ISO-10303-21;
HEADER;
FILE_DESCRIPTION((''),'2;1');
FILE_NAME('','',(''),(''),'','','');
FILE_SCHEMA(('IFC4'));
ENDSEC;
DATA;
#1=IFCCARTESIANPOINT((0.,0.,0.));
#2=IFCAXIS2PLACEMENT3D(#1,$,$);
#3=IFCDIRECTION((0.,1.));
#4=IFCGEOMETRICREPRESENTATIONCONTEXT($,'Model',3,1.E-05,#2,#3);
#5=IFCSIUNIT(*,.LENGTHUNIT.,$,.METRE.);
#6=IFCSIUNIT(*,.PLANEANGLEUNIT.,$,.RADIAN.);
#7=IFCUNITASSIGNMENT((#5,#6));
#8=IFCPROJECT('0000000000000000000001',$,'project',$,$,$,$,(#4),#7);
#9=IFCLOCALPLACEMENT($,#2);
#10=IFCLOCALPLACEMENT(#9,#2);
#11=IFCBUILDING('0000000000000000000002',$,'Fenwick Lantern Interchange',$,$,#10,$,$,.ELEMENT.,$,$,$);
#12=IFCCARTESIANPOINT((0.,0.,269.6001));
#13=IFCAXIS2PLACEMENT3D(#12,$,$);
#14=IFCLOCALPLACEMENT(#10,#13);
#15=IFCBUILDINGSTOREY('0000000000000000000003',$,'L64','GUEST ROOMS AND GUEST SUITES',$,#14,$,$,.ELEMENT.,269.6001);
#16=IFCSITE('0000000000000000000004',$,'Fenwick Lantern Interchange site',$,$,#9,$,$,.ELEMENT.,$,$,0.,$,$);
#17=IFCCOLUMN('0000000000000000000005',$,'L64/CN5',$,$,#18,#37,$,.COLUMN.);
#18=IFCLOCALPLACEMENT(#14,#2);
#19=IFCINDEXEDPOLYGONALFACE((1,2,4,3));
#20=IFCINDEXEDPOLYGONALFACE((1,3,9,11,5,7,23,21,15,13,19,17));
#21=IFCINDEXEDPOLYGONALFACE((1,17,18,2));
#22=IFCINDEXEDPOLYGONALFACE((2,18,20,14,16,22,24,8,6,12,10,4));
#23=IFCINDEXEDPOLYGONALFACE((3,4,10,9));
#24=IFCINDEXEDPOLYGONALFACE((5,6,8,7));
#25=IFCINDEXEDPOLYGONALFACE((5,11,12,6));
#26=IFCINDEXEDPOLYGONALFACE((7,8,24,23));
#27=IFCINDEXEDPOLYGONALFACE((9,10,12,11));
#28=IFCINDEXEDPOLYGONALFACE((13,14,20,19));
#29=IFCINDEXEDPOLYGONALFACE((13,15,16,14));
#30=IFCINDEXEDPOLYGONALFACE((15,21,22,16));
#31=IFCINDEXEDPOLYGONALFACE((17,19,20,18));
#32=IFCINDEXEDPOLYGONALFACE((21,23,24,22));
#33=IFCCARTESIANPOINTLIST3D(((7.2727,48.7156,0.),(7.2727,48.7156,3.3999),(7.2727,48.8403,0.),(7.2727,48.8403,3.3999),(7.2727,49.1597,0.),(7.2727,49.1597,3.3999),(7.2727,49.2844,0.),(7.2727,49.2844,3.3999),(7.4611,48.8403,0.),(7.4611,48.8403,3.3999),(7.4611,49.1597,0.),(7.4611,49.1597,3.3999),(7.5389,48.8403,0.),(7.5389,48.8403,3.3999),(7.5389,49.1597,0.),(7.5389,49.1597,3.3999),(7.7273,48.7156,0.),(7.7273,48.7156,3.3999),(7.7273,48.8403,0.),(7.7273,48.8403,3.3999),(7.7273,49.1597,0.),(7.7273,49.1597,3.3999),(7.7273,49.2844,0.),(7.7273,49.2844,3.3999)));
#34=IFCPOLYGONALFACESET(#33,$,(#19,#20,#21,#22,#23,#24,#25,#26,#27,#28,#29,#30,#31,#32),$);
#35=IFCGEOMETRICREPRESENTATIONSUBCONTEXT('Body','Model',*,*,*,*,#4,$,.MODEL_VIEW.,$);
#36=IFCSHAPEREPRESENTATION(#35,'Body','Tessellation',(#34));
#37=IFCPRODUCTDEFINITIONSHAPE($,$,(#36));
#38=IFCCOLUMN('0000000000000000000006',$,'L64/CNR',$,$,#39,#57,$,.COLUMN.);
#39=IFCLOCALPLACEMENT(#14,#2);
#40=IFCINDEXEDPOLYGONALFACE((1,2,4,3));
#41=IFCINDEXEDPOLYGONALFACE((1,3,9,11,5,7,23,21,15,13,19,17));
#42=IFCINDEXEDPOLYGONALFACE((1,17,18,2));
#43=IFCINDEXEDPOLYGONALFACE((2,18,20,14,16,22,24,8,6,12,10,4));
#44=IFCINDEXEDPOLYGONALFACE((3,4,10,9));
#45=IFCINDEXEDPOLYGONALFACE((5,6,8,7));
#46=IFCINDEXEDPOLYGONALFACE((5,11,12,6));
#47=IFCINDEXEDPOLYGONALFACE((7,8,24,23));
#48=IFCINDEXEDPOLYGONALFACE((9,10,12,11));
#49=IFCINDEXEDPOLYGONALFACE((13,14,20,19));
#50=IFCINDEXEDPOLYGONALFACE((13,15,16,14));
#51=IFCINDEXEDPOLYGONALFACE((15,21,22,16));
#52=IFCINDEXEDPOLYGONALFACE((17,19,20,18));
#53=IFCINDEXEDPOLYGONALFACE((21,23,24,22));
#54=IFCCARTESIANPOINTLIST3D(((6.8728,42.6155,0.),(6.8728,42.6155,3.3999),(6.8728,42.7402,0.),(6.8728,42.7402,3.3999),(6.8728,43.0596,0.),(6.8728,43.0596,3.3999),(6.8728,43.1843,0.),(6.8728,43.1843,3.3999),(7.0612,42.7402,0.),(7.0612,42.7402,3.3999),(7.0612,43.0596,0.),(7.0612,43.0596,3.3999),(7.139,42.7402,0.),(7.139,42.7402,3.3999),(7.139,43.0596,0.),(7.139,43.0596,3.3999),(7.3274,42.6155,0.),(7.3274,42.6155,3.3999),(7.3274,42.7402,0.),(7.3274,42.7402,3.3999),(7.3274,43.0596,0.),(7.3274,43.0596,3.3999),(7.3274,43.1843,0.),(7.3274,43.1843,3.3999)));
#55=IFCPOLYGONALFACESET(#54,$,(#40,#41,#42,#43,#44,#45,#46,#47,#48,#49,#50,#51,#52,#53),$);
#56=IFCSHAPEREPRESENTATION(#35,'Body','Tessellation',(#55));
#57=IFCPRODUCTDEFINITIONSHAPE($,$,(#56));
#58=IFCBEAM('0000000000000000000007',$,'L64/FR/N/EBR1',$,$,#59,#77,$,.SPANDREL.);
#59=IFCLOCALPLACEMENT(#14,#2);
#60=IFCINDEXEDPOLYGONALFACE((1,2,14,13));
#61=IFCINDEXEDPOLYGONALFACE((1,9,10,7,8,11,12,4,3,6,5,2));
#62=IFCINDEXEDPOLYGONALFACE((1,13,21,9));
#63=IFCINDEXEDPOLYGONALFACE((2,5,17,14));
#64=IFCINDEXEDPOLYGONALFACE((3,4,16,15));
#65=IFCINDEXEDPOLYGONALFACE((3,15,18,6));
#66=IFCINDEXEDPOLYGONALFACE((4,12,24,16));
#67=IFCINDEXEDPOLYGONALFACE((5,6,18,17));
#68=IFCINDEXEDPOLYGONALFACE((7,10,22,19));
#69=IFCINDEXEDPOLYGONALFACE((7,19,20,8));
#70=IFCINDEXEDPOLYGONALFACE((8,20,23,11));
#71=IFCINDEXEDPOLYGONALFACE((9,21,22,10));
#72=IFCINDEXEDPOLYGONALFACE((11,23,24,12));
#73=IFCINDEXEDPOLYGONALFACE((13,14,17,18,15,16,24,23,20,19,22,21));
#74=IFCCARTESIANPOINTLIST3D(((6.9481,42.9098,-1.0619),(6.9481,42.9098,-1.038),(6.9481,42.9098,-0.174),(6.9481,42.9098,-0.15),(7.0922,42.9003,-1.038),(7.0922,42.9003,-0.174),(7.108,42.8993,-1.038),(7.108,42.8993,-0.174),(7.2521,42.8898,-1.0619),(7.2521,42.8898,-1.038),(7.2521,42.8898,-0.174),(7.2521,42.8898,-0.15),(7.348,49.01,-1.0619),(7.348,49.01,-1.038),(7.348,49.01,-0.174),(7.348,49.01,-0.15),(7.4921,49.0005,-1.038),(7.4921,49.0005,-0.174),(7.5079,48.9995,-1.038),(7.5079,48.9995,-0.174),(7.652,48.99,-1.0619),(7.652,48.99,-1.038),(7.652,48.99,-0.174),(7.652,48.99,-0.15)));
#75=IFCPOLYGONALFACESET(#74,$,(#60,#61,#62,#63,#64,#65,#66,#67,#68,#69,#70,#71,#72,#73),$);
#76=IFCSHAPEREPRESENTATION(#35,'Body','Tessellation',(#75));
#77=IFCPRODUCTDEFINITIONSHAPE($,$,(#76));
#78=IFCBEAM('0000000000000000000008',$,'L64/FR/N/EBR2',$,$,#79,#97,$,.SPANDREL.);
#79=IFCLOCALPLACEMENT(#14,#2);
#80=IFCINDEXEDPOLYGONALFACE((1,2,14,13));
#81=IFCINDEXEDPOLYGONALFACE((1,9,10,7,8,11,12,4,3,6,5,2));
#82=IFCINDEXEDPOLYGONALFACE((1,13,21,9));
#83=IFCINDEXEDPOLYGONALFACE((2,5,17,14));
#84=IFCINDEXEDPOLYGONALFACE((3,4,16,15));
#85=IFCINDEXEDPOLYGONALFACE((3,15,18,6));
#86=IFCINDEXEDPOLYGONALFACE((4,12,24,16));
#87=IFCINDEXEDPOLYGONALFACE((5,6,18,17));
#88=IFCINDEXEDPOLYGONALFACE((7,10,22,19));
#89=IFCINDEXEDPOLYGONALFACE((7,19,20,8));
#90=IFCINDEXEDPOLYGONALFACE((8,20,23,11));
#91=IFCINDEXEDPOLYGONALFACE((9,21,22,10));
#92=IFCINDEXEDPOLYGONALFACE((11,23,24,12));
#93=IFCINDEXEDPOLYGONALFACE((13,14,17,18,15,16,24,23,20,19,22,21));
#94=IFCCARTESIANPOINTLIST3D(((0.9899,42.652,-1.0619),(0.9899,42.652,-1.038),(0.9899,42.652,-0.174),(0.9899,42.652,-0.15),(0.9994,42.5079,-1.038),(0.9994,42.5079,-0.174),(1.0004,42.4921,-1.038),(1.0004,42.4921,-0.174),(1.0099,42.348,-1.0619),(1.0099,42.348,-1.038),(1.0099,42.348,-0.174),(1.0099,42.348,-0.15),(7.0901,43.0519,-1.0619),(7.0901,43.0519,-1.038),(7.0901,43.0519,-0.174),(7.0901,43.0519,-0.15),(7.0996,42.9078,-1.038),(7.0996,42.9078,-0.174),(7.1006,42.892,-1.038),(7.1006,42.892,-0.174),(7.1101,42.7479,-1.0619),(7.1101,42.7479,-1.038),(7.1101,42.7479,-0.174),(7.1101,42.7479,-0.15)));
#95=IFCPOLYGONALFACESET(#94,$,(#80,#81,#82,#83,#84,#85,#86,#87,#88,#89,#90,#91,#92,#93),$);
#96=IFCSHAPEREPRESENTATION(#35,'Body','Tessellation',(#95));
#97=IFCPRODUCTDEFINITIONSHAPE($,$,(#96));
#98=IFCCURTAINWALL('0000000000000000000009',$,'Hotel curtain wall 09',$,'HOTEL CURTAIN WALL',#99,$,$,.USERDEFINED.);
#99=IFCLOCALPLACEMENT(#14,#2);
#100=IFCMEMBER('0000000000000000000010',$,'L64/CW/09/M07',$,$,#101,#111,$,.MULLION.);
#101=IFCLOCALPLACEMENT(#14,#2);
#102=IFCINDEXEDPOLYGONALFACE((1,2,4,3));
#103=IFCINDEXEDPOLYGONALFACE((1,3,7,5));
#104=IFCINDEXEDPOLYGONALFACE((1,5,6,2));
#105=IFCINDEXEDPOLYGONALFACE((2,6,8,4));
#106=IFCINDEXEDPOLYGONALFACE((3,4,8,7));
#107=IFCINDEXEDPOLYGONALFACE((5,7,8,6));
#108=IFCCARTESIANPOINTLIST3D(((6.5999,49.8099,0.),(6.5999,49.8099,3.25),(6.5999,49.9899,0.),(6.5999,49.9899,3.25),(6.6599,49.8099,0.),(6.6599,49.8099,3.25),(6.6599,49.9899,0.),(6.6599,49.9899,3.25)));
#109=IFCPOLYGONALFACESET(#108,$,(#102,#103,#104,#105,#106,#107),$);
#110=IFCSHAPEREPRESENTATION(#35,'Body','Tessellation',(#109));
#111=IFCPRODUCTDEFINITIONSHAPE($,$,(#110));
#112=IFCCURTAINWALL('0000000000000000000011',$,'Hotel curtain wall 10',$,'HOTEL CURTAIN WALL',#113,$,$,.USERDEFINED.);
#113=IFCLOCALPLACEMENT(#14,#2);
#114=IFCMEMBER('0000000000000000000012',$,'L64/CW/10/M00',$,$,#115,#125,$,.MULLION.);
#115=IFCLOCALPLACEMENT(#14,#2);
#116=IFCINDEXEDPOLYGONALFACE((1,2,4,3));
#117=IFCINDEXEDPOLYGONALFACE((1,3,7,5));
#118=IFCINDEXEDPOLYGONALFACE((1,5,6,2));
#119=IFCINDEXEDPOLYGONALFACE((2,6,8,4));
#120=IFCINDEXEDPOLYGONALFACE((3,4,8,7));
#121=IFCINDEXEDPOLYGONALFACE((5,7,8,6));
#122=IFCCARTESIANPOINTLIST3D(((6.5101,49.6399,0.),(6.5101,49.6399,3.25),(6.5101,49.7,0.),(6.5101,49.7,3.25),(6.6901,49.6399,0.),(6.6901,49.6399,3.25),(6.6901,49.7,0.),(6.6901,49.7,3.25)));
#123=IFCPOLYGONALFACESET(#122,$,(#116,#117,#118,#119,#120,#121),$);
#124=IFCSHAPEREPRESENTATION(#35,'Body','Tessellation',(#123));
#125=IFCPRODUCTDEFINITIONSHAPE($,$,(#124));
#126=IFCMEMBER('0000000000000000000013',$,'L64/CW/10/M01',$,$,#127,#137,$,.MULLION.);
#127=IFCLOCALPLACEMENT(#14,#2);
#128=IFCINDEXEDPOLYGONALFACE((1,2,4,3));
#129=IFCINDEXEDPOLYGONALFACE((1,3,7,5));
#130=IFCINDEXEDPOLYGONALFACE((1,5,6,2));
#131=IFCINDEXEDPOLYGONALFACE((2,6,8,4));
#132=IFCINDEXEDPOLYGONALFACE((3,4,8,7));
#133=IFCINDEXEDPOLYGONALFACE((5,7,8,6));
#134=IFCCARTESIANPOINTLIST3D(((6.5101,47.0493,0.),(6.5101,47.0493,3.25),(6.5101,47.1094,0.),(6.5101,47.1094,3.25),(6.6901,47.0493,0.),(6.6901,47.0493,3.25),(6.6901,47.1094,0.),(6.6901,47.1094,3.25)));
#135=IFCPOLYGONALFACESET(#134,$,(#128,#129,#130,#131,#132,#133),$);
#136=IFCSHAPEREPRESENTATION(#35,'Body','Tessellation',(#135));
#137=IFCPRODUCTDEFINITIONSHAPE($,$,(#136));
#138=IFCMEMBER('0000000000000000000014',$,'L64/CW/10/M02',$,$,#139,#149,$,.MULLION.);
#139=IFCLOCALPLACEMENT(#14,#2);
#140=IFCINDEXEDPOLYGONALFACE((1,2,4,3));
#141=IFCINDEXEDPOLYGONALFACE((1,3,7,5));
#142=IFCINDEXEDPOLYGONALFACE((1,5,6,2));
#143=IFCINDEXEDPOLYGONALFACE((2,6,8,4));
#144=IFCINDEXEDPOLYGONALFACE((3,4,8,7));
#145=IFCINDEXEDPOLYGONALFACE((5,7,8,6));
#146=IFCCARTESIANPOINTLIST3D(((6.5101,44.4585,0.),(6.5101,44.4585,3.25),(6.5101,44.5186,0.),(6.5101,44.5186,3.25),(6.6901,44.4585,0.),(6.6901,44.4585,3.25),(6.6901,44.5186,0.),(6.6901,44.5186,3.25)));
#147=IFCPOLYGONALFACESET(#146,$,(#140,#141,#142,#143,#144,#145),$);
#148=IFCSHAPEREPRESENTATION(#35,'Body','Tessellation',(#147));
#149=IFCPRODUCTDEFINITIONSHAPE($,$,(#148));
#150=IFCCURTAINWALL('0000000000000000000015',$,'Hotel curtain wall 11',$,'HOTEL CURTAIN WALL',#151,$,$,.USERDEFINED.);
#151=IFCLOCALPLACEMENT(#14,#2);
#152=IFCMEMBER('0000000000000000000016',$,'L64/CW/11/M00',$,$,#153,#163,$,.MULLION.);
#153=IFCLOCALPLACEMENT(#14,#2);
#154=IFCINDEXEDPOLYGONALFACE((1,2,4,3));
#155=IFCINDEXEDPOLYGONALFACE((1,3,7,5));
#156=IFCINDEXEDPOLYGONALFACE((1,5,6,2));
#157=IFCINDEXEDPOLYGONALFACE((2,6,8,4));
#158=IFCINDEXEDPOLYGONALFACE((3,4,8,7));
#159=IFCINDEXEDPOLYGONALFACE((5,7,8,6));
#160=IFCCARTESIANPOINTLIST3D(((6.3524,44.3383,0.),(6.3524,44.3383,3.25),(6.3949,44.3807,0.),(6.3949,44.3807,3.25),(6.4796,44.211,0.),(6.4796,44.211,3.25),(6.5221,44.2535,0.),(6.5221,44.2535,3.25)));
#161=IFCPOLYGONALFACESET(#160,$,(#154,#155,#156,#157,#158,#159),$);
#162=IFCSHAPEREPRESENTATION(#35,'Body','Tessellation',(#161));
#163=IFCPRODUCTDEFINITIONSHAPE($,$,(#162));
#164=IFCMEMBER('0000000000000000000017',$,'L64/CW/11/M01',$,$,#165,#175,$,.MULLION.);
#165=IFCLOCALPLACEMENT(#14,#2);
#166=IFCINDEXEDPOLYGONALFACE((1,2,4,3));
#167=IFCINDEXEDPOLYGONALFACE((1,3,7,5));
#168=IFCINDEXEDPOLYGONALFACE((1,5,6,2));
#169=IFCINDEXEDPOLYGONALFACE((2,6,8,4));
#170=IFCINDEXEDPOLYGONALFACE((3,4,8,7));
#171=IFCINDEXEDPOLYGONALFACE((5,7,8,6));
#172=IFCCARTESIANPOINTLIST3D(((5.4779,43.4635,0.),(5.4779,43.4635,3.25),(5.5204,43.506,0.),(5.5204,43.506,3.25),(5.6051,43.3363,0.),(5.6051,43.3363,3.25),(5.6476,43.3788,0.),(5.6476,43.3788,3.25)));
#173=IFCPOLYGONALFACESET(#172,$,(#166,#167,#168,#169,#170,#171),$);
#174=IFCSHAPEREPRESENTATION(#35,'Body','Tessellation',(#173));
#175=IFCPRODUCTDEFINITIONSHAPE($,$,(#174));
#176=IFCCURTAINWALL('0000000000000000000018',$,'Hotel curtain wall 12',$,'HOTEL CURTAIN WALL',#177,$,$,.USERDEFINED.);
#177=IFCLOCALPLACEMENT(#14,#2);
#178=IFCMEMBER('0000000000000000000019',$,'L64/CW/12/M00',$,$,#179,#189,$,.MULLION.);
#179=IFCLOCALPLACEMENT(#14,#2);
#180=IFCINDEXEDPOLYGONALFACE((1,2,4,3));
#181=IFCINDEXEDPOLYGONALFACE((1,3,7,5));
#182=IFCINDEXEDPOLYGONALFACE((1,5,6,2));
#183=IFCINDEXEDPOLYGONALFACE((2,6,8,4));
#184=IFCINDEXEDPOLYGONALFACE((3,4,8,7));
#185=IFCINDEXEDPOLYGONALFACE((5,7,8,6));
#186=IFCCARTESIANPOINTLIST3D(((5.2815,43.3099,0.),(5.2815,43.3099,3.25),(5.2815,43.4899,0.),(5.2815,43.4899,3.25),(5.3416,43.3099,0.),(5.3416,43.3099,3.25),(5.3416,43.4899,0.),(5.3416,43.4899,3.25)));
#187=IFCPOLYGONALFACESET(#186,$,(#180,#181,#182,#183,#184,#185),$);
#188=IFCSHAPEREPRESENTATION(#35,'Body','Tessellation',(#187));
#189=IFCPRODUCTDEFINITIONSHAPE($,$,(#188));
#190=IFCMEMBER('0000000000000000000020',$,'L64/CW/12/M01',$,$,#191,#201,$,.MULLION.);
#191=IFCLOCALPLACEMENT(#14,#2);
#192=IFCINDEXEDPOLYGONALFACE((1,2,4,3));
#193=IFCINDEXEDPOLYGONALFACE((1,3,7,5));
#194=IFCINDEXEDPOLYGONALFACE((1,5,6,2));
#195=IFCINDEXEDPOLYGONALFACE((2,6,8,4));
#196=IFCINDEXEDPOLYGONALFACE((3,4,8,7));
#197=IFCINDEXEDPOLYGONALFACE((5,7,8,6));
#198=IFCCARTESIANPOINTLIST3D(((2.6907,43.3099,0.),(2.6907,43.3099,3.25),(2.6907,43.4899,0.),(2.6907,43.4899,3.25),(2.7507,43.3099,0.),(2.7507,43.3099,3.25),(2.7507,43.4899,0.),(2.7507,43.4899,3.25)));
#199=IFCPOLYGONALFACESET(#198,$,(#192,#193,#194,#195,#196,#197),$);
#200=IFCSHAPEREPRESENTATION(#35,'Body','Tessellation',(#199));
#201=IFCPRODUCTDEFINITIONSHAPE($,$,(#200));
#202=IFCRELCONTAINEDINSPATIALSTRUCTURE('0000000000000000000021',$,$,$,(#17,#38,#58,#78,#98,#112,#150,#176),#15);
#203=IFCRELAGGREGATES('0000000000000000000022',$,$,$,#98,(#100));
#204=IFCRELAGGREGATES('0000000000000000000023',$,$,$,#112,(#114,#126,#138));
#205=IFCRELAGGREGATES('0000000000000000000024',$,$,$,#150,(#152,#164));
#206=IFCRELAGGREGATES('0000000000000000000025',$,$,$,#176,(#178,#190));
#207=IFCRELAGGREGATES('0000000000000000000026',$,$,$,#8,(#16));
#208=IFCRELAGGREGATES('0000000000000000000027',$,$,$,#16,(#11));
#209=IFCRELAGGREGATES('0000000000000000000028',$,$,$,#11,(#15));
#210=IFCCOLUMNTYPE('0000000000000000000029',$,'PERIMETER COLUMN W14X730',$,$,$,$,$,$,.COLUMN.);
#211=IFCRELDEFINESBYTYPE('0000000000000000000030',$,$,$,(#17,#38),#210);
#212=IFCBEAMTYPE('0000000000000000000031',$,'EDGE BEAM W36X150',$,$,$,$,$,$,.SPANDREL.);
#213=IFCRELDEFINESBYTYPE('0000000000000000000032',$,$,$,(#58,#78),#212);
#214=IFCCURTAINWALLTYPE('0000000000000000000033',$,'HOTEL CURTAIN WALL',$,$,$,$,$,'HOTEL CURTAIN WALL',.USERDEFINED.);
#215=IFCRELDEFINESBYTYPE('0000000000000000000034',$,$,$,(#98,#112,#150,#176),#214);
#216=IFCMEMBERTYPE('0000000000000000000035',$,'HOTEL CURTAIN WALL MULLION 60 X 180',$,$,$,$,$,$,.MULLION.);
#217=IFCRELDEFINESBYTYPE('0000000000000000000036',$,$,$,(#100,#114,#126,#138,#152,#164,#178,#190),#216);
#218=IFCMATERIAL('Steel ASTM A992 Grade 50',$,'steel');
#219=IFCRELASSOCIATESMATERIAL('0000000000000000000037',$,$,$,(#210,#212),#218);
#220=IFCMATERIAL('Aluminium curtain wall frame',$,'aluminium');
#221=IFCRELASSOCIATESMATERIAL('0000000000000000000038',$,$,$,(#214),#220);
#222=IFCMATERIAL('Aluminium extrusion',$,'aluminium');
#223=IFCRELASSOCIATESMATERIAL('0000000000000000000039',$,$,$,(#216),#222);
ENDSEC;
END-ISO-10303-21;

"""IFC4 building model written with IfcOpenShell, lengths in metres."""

from ifc_helpers import new_model, si_unit, direction, frame, origin, origin_2d, place, context, subcontext, project, spatial, rectangle, i_section, extrude, material, material_profile, profile_set, type_object, element, aggregate, save


model = new_model("IFC4")

# Units and contexts
model_context = context("Model", 3, precision=1e-05, world=origin(), true_north=direction((0.0, 1.0)))
body_context = subcontext(model_context, "Body", "Model", "MODEL_VIEW")
ifc_project = project(units=[si_unit("LENGTHUNIT", "METRE"), si_unit("PLANEANGLEUNIT", "RADIAN")], contexts=[model_context])

# Site, building, storey
site_placement = place(None, origin())
site = spatial("IfcSite", under=ifc_project, at=site_placement, Name="Fenwick Lantern Interchange site", CompositionType="ELEMENT", RefElevation=0.0)
building_placement = place(site_placement, origin())
building = spatial("IfcBuilding", under=site, at=building_placement, Name="Fenwick Lantern Interchange", CompositionType="ELEMENT")
storey_placement = place(building_placement, frame((0.0, 0.0, 269.6001)))
storey = spatial("IfcBuildingStorey", under=building, at=storey_placement, Name="L64", Description="GUEST ROOMS AND GUEST SUITES", CompositionType="ELEMENT", Elevation=269.6001)

# Columns
ifc_material_1 = material(Name="Steel ASTM A992 Grade 50", Category="steel")
ifc_material_profile_1 = material_profile(ifc_material_1, i_section(OverallWidth=0.4546, OverallDepth=0.5688, WebThickness=0.0779, FlangeThickness=0.1248, at=origin_2d()), Name="W14X730")
ifc_profile_set_1 = profile_set([ifc_material_profile_1], Name="Steel ASTM A992 Grade 50")
column_type = type_object("IfcColumnType", Name="PERIMETER COLUMN W14X730", PredefinedType="COLUMN", material=ifc_profile_set_1)
for number, where, z_axis, x_axis, name in (
    (1, (7.5, 49.0, 0.0), (0.0, 0.0, 1.0), (1.0, 0.0, 0.0), "L64/CN5"),
    (2, (7.1001, 42.8999, 0.0), (0.0, 0.0, 1.0), (1.0, 0.0, 0.0), "L64/CNR"),
):
    element("IfcColumn", number, at=place(storey_placement, frame(where, z_axis=z_axis, x_axis=x_axis)), inside=storey, type_object=column_type, Name=name, PredefinedType="COLUMN", context=body_context, shape_type="SweptSolid", body=[
        extrude(i_section(OverallWidth=0.4546, OverallDepth=0.5688, WebThickness=0.0779, FlangeThickness=0.1248, at=origin_2d()), origin(), (0.0, 0.0, 1.0), 3.3999),
    ])

# Beams
ifc_material_profile_2 = material_profile(ifc_material_1, i_section(OverallWidth=0.3047, OverallDepth=0.9119, WebThickness=0.0159, FlangeThickness=0.0239, at=origin_2d()), Name="W36X150")
ifc_profile_set_2 = profile_set([ifc_material_profile_2], Name="Steel ASTM A992 Grade 50")
beam_type_1 = type_object("IfcBeamType", Name="EDGE BEAM W36X150", PredefinedType="SPANDREL", material=ifc_profile_set_2)
for number, where, z_axis, x_axis, name in (
    (3, (7.5, 49.0, -0.606), (-0.065416, -0.997858, 0.0), (0.997858, -0.065416, 0.0), "L64/FR/N/EBR1"),
    (4, (7.1001, 42.8999, -0.606), (-0.997858, -0.065416, 0.0), (0.065416, -0.997858, 0.0), "L64/FR/N/EBR2"),
):
    element("IfcBeam", number, at=place(storey_placement, frame(where, z_axis=z_axis, x_axis=x_axis)), inside=storey, type_object=beam_type_1, Name=name, PredefinedType="SPANDREL", context=body_context, shape_type="SweptSolid", body=[
        extrude(i_section(OverallWidth=0.3047, OverallDepth=0.9119, WebThickness=0.0159, FlangeThickness=0.0239, at=origin_2d()), origin(), (0.0, 0.0, 1.0), 6.1133),
    ])

# Curtain wall, member
ifc_material_2 = material(Name="Aluminium curtain wall frame", Category="aluminium")
curtain_wall_type = type_object("IfcCurtainWallType", Name="HOTEL CURTAIN WALL", ElementType="HOTEL CURTAIN WALL", PredefinedType="USERDEFINED", material=ifc_material_2)
curtain_wall_1_placement = place(storey_placement, origin())
curtain_wall_1 = element("IfcCurtainWall", 5, at=curtain_wall_1_placement, inside=storey, type_object=curtain_wall_type, Name="Hotel curtain wall 09", ObjectType="HOTEL CURTAIN WALL", PredefinedType="USERDEFINED")
ifc_material_3 = material(Name="Aluminium extrusion", Category="aluminium")
ifc_material_profile_3 = material_profile(ifc_material_3, rectangle(XDim=0.1799, YDim=0.0601, at=origin_2d()), Name="HOTEL CURTAIN WALL MULLION 60 X 180")
ifc_profile_set_3 = profile_set([ifc_material_profile_3], Name="Aluminium extrusion")
member_type_1 = type_object("IfcMemberType", Name="HOTEL CURTAIN WALL MULLION 60 X 180", PredefinedType="MULLION", material=ifc_profile_set_3)
member_1_placement = place(storey_placement, frame((6.6299, 49.8999, 0.0), z_axis=(0.0, 0.0, 1.0), x_axis=(0.0, -1.0, 0.0)))
member_1 = element("IfcMember", 6, at=member_1_placement, type_object=member_type_1, Name="L64/CW/09/M07", PredefinedType="MULLION", context=body_context, shape_type="SweptSolid", body=[
    extrude(rectangle(XDim=0.1799, YDim=0.0601, at=origin_2d()), origin(), (0.0, 0.0, 1.0), 3.25),
])
aggregate(curtain_wall_1, [member_1])

# Curtain walls, members
curtain_wall_2_placement = place(storey_placement, origin())
curtain_wall_2 = element("IfcCurtainWall", 7, at=curtain_wall_2_placement, inside=storey, type_object=curtain_wall_type, Name="Hotel curtain wall 10", ObjectType="HOTEL CURTAIN WALL", PredefinedType="USERDEFINED")
member_2_placement = place(storey_placement, frame((6.6001, 49.6699, 0.0), z_axis=(0.0, 0.0, 1.0), x_axis=(1.0, 0.0, 0.0)))
member_2 = element("IfcMember", 8, at=member_2_placement, type_object=member_type_1, Name="L64/CW/10/M00", PredefinedType="MULLION", context=body_context, shape_type="SweptSolid", body=[
    extrude(rectangle(XDim=0.1799, YDim=0.0601, at=origin_2d()), origin(), (0.0, 0.0, 1.0), 3.25),
])
member_3_placement = place(storey_placement, frame((6.6001, 47.0793, 0.0), z_axis=(0.0, 0.0, 1.0), x_axis=(1.0, 0.0, 0.0)))
member_3 = element("IfcMember", 9, at=member_3_placement, type_object=member_type_1, Name="L64/CW/10/M01", PredefinedType="MULLION", context=body_context, shape_type="SweptSolid", body=[
    extrude(rectangle(XDim=0.1799, YDim=0.0601, at=origin_2d()), origin(), (0.0, 0.0, 1.0), 3.25),
])
member_4_placement = place(storey_placement, frame((6.6001, 44.4885, 0.0), z_axis=(0.0, 0.0, 1.0), x_axis=(1.0, 0.0, 0.0)))
member_4 = element("IfcMember", 10, at=member_4_placement, type_object=member_type_1, Name="L64/CW/10/M02", PredefinedType="MULLION", context=body_context, shape_type="SweptSolid", body=[
    extrude(rectangle(XDim=0.1799, YDim=0.0601, at=origin_2d()), origin(), (0.0, 0.0, 1.0), 3.25),
])
curtain_wall_3_placement = place(storey_placement, origin())
curtain_wall_3 = element("IfcCurtainWall", 11, at=curtain_wall_3_placement, inside=storey, type_object=curtain_wall_type, Name="Hotel curtain wall 11", ObjectType="HOTEL CURTAIN WALL", PredefinedType="USERDEFINED")
member_5_placement = place(storey_placement, frame((6.4373, 44.2959, 0.0), z_axis=(0.0, 0.0, 1.0), x_axis=(0.707107, -0.707107, 0.0)))
member_5 = element("IfcMember", 12, at=member_5_placement, type_object=member_type_1, Name="L64/CW/11/M00", PredefinedType="MULLION", context=body_context, shape_type="SweptSolid", body=[
    extrude(rectangle(XDim=0.1799, YDim=0.0601, at=origin_2d()), origin(), (0.0, 0.0, 1.0), 3.25),
])
member_6_placement = place(storey_placement, frame((5.5627, 43.4211, 0.0), z_axis=(0.0, 0.0, 1.0), x_axis=(0.707107, -0.707107, 0.0)))
member_6 = element("IfcMember", 13, at=member_6_placement, type_object=member_type_1, Name="L64/CW/11/M01", PredefinedType="MULLION", context=body_context, shape_type="SweptSolid", body=[
    extrude(rectangle(XDim=0.1799, YDim=0.0601, at=origin_2d()), origin(), (0.0, 0.0, 1.0), 3.25),
])
curtain_wall_4_placement = place(storey_placement, origin())
curtain_wall_4 = element("IfcCurtainWall", 14, at=curtain_wall_4_placement, inside=storey, type_object=curtain_wall_type, Name="Hotel curtain wall 12", ObjectType="HOTEL CURTAIN WALL", PredefinedType="USERDEFINED")
member_7_placement = place(storey_placement, frame((5.3115, 43.3999, 0.0), z_axis=(0.0, 0.0, 1.0), x_axis=(0.0, -1.0, 0.0)))
member_7 = element("IfcMember", 15, at=member_7_placement, type_object=member_type_1, Name="L64/CW/12/M00", PredefinedType="MULLION", context=body_context, shape_type="SweptSolid", body=[
    extrude(rectangle(XDim=0.1799, YDim=0.0601, at=origin_2d()), origin(), (0.0, 0.0, 1.0), 3.25),
])
member_8_placement = place(storey_placement, frame((2.7207, 43.3999, 0.0), z_axis=(0.0, 0.0, 1.0), x_axis=(0.0, -1.0, 0.0)))
member_8 = element("IfcMember", 16, at=member_8_placement, type_object=member_type_1, Name="L64/CW/12/M01", PredefinedType="MULLION", context=body_context, shape_type="SweptSolid", body=[
    extrude(rectangle(XDim=0.1799, YDim=0.0601, at=origin_2d()), origin(), (0.0, 0.0, 1.0), 3.25),
])

aggregate(curtain_wall_2, [member_2, member_3, member_4])
aggregate(curtain_wall_3, [member_5, member_6])
aggregate(curtain_wall_4, [member_7, member_8])

save(model, "model.ifc")
